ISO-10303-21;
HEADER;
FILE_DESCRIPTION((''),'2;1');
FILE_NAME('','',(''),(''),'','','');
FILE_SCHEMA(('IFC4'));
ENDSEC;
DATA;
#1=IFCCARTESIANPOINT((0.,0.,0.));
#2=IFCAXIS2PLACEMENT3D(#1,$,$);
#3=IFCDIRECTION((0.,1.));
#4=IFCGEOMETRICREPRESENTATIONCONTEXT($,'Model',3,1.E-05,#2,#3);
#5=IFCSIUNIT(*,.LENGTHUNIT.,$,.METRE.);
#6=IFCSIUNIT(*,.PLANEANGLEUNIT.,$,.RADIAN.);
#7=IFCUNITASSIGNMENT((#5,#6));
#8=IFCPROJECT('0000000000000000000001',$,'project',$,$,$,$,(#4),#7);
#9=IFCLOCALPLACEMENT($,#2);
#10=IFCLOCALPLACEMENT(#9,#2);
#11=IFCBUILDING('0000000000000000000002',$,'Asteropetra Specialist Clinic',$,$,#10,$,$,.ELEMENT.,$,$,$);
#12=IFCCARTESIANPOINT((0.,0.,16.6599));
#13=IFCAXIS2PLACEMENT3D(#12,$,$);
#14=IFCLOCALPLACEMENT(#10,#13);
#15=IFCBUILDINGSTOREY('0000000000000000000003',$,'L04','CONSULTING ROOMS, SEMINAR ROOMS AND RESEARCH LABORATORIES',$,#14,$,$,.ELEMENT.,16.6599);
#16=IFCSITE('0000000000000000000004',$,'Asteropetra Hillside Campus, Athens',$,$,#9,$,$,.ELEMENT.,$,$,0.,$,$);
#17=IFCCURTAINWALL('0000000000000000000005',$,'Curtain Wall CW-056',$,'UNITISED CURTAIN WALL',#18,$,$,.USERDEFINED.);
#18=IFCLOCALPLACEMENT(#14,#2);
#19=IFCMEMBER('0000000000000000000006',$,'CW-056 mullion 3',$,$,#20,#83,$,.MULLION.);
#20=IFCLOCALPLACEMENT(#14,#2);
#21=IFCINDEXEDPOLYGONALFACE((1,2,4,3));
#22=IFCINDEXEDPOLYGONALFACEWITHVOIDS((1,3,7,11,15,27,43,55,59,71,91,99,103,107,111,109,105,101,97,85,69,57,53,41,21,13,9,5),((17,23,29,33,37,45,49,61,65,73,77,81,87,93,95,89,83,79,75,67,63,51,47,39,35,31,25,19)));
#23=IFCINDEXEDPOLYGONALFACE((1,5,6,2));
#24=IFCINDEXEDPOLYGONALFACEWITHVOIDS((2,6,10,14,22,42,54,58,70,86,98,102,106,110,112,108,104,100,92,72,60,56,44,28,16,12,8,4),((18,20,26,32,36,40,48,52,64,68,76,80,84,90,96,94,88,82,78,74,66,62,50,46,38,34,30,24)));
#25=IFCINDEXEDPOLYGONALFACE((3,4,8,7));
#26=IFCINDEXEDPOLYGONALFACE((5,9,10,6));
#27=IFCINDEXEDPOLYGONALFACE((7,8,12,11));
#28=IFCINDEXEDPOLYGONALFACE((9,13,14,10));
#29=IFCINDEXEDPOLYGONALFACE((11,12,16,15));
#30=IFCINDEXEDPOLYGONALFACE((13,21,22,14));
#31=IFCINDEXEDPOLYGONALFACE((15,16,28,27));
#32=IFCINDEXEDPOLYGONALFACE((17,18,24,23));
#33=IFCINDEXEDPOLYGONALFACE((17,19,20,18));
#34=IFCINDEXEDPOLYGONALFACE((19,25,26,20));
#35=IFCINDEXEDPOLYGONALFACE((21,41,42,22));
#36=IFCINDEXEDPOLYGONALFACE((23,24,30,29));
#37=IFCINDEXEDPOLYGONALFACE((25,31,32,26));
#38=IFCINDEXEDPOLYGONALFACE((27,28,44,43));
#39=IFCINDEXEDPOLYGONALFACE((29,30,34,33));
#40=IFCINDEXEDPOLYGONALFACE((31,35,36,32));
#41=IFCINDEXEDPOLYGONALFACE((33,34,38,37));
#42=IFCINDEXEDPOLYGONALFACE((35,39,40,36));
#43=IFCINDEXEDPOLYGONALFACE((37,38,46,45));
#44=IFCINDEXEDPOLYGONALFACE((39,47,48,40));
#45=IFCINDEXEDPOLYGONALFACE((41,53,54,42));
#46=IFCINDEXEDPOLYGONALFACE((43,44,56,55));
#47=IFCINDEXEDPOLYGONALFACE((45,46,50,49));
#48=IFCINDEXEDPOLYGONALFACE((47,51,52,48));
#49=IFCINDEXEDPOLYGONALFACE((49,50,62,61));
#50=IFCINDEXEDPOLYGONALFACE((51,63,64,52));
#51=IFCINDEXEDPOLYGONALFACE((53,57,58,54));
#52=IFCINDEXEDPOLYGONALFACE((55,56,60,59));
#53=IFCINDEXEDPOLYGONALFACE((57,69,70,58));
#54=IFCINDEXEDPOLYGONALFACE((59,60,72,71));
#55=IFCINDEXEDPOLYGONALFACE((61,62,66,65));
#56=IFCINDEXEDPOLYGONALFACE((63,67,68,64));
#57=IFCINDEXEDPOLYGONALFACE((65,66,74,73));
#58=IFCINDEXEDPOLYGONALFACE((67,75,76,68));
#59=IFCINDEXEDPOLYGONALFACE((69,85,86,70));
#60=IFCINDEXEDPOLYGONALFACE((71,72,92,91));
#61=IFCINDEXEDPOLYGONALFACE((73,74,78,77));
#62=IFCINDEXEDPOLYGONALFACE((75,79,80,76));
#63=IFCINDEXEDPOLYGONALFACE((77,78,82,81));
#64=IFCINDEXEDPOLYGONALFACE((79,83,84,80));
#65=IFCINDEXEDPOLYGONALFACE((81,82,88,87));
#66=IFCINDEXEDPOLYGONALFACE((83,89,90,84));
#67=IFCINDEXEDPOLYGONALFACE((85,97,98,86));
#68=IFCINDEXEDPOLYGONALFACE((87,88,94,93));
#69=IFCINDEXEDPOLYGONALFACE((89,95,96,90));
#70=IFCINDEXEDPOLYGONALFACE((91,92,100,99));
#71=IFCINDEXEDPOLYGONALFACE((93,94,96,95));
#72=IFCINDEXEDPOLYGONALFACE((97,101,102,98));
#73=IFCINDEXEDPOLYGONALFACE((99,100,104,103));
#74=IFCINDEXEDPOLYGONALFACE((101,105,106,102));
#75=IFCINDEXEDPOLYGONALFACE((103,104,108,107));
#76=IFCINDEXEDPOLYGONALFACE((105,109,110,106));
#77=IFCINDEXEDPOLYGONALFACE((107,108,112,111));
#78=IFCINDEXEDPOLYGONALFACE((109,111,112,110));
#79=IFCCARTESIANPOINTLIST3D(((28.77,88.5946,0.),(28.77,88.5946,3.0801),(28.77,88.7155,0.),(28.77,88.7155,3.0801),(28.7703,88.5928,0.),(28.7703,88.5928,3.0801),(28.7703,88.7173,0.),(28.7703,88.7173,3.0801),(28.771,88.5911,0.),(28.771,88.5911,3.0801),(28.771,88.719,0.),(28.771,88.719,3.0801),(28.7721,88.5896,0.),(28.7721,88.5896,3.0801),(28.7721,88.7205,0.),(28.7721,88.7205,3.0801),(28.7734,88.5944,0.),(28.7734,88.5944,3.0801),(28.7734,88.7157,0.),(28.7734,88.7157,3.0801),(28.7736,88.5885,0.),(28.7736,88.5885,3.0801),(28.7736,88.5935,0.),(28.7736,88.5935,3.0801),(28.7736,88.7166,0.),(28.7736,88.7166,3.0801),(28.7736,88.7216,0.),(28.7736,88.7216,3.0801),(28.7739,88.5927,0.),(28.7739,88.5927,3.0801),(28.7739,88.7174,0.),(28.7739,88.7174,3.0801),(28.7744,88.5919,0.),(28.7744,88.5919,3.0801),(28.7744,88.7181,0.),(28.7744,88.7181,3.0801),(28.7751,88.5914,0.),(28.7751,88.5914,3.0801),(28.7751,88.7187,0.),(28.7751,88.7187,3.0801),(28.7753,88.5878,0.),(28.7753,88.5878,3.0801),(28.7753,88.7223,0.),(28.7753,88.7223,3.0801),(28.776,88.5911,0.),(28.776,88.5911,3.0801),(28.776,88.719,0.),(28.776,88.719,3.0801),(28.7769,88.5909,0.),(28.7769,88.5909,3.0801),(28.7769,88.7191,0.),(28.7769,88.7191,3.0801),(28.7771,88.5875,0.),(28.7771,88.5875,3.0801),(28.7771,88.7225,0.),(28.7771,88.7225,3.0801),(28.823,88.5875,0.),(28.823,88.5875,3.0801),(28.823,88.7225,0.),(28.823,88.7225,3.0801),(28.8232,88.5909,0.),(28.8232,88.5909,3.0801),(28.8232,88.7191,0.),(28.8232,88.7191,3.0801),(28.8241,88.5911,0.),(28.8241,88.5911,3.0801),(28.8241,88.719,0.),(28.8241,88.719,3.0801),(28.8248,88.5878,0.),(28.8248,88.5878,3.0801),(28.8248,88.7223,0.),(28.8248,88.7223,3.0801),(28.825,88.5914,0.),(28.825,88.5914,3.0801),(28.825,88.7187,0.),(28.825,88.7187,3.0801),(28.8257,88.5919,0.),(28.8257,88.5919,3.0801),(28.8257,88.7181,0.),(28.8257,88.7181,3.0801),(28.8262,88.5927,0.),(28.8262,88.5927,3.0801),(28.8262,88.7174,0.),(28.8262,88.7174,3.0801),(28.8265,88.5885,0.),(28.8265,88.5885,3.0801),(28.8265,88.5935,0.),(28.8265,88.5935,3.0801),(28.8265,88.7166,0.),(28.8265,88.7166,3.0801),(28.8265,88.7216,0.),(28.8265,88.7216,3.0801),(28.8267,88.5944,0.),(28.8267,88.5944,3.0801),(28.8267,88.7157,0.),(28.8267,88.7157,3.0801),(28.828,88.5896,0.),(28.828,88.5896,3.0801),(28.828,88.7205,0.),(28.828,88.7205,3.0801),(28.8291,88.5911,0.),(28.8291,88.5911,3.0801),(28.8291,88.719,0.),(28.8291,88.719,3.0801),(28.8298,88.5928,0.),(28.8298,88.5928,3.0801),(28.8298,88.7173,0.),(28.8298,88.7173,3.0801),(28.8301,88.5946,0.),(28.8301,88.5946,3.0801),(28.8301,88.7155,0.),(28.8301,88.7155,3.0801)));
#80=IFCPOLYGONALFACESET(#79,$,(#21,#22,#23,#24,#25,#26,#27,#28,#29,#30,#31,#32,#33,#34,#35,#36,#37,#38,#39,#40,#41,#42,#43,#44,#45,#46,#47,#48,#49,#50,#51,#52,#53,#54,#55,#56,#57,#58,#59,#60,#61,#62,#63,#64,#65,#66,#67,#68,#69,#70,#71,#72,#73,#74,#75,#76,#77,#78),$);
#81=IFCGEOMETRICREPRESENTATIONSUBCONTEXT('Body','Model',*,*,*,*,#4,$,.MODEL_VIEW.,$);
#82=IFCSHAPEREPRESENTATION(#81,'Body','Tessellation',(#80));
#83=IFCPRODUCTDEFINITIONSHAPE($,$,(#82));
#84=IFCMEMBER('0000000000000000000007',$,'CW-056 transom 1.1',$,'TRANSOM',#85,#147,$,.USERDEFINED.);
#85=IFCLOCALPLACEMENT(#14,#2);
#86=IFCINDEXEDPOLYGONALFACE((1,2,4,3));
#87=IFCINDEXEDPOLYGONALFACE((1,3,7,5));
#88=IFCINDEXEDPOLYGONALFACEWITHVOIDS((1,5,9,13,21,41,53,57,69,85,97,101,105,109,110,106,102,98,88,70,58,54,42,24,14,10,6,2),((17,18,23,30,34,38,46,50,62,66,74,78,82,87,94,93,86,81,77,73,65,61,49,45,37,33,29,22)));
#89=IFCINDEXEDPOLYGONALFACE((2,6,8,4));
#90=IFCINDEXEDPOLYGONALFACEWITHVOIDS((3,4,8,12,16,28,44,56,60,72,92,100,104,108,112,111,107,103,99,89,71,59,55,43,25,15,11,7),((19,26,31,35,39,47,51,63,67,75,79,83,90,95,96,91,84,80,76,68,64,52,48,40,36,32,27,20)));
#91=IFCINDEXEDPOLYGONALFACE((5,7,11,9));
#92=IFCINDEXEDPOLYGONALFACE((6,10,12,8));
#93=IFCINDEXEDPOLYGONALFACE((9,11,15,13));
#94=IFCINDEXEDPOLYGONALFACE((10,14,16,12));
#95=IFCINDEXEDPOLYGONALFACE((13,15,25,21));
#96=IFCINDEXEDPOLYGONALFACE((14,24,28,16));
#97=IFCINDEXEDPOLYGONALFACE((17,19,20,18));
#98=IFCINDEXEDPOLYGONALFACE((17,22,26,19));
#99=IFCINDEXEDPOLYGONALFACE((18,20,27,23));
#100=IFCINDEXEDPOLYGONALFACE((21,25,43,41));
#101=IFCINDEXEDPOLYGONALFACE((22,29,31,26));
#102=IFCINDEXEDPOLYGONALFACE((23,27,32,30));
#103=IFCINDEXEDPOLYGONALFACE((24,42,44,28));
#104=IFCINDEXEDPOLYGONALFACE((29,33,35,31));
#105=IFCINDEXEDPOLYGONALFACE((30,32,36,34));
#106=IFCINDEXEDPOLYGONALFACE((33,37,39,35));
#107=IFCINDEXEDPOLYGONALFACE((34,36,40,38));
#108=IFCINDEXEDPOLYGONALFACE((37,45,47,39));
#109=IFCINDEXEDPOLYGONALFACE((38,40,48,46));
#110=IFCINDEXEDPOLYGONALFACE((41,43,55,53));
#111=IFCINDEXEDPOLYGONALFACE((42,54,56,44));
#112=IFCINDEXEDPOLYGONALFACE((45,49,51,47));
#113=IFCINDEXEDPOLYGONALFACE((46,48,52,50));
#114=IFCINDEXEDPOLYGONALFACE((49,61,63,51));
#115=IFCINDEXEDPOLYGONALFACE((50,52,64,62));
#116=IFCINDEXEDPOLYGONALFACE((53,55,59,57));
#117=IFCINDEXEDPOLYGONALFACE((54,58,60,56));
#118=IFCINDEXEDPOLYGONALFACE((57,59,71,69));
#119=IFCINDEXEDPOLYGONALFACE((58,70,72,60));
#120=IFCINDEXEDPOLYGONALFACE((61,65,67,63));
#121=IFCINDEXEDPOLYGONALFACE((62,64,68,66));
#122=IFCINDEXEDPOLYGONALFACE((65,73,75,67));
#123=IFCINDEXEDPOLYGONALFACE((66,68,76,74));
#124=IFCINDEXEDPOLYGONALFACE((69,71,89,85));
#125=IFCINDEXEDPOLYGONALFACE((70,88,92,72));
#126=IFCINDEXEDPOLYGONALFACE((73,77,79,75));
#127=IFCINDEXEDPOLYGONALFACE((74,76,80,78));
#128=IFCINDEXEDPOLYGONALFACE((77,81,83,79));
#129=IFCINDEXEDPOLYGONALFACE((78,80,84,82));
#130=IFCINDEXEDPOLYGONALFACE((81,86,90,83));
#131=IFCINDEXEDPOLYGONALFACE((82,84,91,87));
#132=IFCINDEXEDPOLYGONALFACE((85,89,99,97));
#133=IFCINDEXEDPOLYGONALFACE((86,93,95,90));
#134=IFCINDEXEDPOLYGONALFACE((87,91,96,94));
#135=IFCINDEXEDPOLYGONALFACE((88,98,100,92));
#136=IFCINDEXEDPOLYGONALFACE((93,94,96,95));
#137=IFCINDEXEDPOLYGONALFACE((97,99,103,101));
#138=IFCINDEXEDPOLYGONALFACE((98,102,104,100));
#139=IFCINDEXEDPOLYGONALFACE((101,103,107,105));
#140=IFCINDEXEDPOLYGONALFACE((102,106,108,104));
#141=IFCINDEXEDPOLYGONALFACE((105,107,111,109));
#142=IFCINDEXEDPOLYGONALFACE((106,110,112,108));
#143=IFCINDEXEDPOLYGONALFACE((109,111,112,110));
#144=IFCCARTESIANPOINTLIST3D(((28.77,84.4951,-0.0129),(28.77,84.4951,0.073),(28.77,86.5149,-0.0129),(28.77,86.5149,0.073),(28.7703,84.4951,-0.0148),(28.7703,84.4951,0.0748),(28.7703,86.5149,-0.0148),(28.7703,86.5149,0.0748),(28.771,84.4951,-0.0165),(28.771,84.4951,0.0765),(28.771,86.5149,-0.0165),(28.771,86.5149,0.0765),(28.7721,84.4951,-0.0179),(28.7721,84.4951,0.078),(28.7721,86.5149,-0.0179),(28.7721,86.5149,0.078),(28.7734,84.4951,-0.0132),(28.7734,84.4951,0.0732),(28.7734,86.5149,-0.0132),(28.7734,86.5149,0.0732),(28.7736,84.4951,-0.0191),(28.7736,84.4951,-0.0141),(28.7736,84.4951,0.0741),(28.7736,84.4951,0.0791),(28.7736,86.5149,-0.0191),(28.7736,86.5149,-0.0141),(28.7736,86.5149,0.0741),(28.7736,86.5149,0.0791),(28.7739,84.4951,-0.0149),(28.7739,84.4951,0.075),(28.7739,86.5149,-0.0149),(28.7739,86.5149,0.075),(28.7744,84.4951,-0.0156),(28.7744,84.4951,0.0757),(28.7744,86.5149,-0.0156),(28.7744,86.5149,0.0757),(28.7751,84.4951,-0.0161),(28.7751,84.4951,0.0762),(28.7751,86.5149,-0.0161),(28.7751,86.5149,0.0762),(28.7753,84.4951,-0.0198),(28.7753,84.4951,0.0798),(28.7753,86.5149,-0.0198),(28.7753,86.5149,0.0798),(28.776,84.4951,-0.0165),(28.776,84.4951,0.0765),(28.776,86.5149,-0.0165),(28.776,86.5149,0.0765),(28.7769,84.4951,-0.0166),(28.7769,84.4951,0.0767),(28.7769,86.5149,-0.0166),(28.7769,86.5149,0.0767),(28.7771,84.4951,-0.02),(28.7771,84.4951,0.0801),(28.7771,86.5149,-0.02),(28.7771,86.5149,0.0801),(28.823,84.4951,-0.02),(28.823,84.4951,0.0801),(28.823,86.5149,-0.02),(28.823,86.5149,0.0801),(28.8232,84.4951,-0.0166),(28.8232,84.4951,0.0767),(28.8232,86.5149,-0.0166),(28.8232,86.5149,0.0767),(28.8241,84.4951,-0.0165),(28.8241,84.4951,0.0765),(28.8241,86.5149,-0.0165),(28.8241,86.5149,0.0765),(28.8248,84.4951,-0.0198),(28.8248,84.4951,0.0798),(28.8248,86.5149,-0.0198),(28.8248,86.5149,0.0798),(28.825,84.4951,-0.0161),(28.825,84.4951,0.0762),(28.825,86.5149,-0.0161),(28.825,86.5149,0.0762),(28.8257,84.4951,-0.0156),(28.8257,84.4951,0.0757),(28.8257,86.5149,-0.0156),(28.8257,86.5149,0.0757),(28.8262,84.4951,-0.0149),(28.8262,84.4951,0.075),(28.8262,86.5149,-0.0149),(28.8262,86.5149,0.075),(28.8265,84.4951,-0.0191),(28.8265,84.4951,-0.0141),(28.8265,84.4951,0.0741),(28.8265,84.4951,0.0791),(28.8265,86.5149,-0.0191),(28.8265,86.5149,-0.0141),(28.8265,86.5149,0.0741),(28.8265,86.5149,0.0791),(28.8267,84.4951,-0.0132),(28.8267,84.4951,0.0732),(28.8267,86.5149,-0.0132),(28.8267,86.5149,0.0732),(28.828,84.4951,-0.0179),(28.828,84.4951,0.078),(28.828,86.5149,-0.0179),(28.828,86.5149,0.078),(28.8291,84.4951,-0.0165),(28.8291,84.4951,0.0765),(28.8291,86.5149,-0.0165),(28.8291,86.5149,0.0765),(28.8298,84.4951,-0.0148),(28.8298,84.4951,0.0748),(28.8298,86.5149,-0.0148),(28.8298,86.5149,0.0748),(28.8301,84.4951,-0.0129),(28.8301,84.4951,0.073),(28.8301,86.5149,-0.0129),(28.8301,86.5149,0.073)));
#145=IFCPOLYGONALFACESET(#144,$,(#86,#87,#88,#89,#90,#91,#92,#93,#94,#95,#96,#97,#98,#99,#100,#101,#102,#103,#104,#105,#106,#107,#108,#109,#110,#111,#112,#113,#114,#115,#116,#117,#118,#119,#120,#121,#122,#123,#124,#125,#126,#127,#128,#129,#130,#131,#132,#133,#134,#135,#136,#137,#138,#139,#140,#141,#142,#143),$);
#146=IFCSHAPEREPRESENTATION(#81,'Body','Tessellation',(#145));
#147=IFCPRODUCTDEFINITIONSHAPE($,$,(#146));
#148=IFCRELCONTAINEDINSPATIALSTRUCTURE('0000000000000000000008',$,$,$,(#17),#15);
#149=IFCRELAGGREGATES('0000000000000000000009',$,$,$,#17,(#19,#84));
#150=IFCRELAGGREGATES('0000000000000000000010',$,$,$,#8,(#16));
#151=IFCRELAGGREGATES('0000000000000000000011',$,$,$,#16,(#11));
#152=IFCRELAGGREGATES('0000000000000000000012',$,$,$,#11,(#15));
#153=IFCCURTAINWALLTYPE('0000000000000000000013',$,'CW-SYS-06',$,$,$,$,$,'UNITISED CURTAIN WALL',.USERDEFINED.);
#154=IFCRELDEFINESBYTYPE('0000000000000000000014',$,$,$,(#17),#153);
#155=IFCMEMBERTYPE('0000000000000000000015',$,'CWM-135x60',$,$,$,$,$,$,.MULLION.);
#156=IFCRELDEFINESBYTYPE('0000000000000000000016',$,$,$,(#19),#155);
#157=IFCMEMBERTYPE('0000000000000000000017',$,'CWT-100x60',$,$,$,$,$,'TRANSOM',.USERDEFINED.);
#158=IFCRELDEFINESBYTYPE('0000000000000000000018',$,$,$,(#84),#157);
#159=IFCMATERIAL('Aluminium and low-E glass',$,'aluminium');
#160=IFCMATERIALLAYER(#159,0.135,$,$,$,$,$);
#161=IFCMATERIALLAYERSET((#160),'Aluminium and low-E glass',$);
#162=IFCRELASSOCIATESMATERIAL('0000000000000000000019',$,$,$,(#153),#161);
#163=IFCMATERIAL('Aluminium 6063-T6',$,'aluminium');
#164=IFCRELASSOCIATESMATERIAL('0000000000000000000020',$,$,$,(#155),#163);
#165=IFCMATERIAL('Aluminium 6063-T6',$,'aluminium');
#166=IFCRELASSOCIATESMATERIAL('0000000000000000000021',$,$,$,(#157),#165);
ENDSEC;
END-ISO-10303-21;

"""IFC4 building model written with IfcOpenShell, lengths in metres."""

from ifc_helpers import new_model, si_unit, direction, frame, origin, origin_2d, place, context, subcontext, project, spatial, hollow_rectangle, extrude, material, layer, layer_set, material_profile, profile_set, type_object, element, aggregate, save


model = new_model("IFC4")

# Units and contexts
model_context = context("Model", 3, precision=1e-05, world=origin(), true_north=direction((0.0, 1.0)))
body_context = subcontext(model_context, "Body", "Model", "MODEL_VIEW")
ifc_project = project(units=[si_unit("LENGTHUNIT", "METRE"), si_unit("PLANEANGLEUNIT", "RADIAN")], contexts=[model_context])

# Site, building, storey
site_placement = place(None, origin())
site = spatial("IfcSite", under=ifc_project, at=site_placement, Name="Asteropetra Hillside Campus, Athens", CompositionType="ELEMENT", RefElevation=0.0)
building_placement = place(site_placement, origin())
building = spatial("IfcBuilding", under=site, at=building_placement, Name="Asteropetra Specialist Clinic", CompositionType="ELEMENT")
storey_placement = place(building_placement, frame((0.0, 0.0, 16.6599)))
storey = spatial("IfcBuildingStorey", under=building, at=storey_placement, Name="L04", Description="CONSULTING ROOMS, SEMINAR ROOMS AND RESEARCH LABORATORIES", CompositionType="ELEMENT", Elevation=16.6599)

# Curtain wall, members
ifc_material_1 = material(Name="Aluminium and low-E glass", Category="aluminium")
ifc_layer_1 = layer(ifc_material_1, 0.135)
ifc_layer_set_1 = layer_set([ifc_layer_1], Name="Aluminium and low-E glass")
curtain_wall_type = type_object("IfcCurtainWallType", Name="CW-SYS-06", ElementType="UNITISED CURTAIN WALL", PredefinedType="USERDEFINED", material=ifc_layer_set_1)
curtain_wall_placement = place(storey_placement, origin())
curtain_wall = element("IfcCurtainWall", 1, at=curtain_wall_placement, inside=storey, type_object=curtain_wall_type, Name="Curtain Wall CW-056", ObjectType="UNITISED CURTAIN WALL", PredefinedType="USERDEFINED")
ifc_material_2 = material(Name="Aluminium 6063-T6", Category="aluminium")
ifc_material_profile_1 = material_profile(ifc_material_2, hollow_rectangle(XDim=0.0601, YDim=0.135, WallThickness=0.0034, InnerFilletRadius=0.0034, OuterFilletRadius=0.0071, at=origin_2d()), Name="MUL 135x60x3.5")
ifc_profile_set_1 = profile_set([ifc_material_profile_1], Name="Aluminium 6063-T6")
member_type_1 = type_object("IfcMemberType", Name="CWM-135x60", PredefinedType="MULLION", material=ifc_profile_set_1)
member_1_placement = place(storey_placement, frame((28.8, 88.655, 0.0), z_axis=(0.0, 0.0, 1.0), x_axis=(-1.0, 0.0, 0.0)))
member_1 = element("IfcMember", 2, at=member_1_placement, type_object=member_type_1, Name="CW-056 mullion 3", PredefinedType="MULLION", context=body_context, shape_type="SweptSolid", body=[
    extrude(hollow_rectangle(XDim=0.0601, YDim=0.135, WallThickness=0.0034, InnerFilletRadius=0.0034, OuterFilletRadius=0.0071, at=origin_2d()), origin(), (0.0, 0.0, 1.0), 3.0801),
])
ifc_material_3 = material(Name="Aluminium 6063-T6", Category="aluminium")
ifc_material_profile_2 = material_profile(ifc_material_3, hollow_rectangle(XDim=0.0601, YDim=0.1001, WallThickness=0.0034, InnerFilletRadius=0.0034, OuterFilletRadius=0.0071, at=origin_2d()), Name="TRN 100x60x3.5")
ifc_profile_set_2 = profile_set([ifc_material_profile_2], Name="Aluminium 6063-T6")
member_type_2 = type_object("IfcMemberType", Name="CWT-100x60", ElementType="TRANSOM", PredefinedType="USERDEFINED", material=ifc_profile_set_2)
member_2_placement = place(storey_placement, frame((28.8, 84.4951, 0.03), z_axis=(0.0, 1.0, 0.0), x_axis=(-1.0, 0.0, 0.0)))
member_2 = element("IfcMember", 3, at=member_2_placement, type_object=member_type_2, Name="CW-056 transom 1.1", ObjectType="TRANSOM", PredefinedType="USERDEFINED", context=body_context, shape_type="SweptSolid", body=[
    extrude(hollow_rectangle(XDim=0.0601, YDim=0.1001, WallThickness=0.0034, InnerFilletRadius=0.0034, OuterFilletRadius=0.0071, at=origin_2d()), origin(), (0.0, 0.0, 1.0), 2.0198),
])

aggregate(curtain_wall, [member_1, member_2])

save(model, "model.ifc")
